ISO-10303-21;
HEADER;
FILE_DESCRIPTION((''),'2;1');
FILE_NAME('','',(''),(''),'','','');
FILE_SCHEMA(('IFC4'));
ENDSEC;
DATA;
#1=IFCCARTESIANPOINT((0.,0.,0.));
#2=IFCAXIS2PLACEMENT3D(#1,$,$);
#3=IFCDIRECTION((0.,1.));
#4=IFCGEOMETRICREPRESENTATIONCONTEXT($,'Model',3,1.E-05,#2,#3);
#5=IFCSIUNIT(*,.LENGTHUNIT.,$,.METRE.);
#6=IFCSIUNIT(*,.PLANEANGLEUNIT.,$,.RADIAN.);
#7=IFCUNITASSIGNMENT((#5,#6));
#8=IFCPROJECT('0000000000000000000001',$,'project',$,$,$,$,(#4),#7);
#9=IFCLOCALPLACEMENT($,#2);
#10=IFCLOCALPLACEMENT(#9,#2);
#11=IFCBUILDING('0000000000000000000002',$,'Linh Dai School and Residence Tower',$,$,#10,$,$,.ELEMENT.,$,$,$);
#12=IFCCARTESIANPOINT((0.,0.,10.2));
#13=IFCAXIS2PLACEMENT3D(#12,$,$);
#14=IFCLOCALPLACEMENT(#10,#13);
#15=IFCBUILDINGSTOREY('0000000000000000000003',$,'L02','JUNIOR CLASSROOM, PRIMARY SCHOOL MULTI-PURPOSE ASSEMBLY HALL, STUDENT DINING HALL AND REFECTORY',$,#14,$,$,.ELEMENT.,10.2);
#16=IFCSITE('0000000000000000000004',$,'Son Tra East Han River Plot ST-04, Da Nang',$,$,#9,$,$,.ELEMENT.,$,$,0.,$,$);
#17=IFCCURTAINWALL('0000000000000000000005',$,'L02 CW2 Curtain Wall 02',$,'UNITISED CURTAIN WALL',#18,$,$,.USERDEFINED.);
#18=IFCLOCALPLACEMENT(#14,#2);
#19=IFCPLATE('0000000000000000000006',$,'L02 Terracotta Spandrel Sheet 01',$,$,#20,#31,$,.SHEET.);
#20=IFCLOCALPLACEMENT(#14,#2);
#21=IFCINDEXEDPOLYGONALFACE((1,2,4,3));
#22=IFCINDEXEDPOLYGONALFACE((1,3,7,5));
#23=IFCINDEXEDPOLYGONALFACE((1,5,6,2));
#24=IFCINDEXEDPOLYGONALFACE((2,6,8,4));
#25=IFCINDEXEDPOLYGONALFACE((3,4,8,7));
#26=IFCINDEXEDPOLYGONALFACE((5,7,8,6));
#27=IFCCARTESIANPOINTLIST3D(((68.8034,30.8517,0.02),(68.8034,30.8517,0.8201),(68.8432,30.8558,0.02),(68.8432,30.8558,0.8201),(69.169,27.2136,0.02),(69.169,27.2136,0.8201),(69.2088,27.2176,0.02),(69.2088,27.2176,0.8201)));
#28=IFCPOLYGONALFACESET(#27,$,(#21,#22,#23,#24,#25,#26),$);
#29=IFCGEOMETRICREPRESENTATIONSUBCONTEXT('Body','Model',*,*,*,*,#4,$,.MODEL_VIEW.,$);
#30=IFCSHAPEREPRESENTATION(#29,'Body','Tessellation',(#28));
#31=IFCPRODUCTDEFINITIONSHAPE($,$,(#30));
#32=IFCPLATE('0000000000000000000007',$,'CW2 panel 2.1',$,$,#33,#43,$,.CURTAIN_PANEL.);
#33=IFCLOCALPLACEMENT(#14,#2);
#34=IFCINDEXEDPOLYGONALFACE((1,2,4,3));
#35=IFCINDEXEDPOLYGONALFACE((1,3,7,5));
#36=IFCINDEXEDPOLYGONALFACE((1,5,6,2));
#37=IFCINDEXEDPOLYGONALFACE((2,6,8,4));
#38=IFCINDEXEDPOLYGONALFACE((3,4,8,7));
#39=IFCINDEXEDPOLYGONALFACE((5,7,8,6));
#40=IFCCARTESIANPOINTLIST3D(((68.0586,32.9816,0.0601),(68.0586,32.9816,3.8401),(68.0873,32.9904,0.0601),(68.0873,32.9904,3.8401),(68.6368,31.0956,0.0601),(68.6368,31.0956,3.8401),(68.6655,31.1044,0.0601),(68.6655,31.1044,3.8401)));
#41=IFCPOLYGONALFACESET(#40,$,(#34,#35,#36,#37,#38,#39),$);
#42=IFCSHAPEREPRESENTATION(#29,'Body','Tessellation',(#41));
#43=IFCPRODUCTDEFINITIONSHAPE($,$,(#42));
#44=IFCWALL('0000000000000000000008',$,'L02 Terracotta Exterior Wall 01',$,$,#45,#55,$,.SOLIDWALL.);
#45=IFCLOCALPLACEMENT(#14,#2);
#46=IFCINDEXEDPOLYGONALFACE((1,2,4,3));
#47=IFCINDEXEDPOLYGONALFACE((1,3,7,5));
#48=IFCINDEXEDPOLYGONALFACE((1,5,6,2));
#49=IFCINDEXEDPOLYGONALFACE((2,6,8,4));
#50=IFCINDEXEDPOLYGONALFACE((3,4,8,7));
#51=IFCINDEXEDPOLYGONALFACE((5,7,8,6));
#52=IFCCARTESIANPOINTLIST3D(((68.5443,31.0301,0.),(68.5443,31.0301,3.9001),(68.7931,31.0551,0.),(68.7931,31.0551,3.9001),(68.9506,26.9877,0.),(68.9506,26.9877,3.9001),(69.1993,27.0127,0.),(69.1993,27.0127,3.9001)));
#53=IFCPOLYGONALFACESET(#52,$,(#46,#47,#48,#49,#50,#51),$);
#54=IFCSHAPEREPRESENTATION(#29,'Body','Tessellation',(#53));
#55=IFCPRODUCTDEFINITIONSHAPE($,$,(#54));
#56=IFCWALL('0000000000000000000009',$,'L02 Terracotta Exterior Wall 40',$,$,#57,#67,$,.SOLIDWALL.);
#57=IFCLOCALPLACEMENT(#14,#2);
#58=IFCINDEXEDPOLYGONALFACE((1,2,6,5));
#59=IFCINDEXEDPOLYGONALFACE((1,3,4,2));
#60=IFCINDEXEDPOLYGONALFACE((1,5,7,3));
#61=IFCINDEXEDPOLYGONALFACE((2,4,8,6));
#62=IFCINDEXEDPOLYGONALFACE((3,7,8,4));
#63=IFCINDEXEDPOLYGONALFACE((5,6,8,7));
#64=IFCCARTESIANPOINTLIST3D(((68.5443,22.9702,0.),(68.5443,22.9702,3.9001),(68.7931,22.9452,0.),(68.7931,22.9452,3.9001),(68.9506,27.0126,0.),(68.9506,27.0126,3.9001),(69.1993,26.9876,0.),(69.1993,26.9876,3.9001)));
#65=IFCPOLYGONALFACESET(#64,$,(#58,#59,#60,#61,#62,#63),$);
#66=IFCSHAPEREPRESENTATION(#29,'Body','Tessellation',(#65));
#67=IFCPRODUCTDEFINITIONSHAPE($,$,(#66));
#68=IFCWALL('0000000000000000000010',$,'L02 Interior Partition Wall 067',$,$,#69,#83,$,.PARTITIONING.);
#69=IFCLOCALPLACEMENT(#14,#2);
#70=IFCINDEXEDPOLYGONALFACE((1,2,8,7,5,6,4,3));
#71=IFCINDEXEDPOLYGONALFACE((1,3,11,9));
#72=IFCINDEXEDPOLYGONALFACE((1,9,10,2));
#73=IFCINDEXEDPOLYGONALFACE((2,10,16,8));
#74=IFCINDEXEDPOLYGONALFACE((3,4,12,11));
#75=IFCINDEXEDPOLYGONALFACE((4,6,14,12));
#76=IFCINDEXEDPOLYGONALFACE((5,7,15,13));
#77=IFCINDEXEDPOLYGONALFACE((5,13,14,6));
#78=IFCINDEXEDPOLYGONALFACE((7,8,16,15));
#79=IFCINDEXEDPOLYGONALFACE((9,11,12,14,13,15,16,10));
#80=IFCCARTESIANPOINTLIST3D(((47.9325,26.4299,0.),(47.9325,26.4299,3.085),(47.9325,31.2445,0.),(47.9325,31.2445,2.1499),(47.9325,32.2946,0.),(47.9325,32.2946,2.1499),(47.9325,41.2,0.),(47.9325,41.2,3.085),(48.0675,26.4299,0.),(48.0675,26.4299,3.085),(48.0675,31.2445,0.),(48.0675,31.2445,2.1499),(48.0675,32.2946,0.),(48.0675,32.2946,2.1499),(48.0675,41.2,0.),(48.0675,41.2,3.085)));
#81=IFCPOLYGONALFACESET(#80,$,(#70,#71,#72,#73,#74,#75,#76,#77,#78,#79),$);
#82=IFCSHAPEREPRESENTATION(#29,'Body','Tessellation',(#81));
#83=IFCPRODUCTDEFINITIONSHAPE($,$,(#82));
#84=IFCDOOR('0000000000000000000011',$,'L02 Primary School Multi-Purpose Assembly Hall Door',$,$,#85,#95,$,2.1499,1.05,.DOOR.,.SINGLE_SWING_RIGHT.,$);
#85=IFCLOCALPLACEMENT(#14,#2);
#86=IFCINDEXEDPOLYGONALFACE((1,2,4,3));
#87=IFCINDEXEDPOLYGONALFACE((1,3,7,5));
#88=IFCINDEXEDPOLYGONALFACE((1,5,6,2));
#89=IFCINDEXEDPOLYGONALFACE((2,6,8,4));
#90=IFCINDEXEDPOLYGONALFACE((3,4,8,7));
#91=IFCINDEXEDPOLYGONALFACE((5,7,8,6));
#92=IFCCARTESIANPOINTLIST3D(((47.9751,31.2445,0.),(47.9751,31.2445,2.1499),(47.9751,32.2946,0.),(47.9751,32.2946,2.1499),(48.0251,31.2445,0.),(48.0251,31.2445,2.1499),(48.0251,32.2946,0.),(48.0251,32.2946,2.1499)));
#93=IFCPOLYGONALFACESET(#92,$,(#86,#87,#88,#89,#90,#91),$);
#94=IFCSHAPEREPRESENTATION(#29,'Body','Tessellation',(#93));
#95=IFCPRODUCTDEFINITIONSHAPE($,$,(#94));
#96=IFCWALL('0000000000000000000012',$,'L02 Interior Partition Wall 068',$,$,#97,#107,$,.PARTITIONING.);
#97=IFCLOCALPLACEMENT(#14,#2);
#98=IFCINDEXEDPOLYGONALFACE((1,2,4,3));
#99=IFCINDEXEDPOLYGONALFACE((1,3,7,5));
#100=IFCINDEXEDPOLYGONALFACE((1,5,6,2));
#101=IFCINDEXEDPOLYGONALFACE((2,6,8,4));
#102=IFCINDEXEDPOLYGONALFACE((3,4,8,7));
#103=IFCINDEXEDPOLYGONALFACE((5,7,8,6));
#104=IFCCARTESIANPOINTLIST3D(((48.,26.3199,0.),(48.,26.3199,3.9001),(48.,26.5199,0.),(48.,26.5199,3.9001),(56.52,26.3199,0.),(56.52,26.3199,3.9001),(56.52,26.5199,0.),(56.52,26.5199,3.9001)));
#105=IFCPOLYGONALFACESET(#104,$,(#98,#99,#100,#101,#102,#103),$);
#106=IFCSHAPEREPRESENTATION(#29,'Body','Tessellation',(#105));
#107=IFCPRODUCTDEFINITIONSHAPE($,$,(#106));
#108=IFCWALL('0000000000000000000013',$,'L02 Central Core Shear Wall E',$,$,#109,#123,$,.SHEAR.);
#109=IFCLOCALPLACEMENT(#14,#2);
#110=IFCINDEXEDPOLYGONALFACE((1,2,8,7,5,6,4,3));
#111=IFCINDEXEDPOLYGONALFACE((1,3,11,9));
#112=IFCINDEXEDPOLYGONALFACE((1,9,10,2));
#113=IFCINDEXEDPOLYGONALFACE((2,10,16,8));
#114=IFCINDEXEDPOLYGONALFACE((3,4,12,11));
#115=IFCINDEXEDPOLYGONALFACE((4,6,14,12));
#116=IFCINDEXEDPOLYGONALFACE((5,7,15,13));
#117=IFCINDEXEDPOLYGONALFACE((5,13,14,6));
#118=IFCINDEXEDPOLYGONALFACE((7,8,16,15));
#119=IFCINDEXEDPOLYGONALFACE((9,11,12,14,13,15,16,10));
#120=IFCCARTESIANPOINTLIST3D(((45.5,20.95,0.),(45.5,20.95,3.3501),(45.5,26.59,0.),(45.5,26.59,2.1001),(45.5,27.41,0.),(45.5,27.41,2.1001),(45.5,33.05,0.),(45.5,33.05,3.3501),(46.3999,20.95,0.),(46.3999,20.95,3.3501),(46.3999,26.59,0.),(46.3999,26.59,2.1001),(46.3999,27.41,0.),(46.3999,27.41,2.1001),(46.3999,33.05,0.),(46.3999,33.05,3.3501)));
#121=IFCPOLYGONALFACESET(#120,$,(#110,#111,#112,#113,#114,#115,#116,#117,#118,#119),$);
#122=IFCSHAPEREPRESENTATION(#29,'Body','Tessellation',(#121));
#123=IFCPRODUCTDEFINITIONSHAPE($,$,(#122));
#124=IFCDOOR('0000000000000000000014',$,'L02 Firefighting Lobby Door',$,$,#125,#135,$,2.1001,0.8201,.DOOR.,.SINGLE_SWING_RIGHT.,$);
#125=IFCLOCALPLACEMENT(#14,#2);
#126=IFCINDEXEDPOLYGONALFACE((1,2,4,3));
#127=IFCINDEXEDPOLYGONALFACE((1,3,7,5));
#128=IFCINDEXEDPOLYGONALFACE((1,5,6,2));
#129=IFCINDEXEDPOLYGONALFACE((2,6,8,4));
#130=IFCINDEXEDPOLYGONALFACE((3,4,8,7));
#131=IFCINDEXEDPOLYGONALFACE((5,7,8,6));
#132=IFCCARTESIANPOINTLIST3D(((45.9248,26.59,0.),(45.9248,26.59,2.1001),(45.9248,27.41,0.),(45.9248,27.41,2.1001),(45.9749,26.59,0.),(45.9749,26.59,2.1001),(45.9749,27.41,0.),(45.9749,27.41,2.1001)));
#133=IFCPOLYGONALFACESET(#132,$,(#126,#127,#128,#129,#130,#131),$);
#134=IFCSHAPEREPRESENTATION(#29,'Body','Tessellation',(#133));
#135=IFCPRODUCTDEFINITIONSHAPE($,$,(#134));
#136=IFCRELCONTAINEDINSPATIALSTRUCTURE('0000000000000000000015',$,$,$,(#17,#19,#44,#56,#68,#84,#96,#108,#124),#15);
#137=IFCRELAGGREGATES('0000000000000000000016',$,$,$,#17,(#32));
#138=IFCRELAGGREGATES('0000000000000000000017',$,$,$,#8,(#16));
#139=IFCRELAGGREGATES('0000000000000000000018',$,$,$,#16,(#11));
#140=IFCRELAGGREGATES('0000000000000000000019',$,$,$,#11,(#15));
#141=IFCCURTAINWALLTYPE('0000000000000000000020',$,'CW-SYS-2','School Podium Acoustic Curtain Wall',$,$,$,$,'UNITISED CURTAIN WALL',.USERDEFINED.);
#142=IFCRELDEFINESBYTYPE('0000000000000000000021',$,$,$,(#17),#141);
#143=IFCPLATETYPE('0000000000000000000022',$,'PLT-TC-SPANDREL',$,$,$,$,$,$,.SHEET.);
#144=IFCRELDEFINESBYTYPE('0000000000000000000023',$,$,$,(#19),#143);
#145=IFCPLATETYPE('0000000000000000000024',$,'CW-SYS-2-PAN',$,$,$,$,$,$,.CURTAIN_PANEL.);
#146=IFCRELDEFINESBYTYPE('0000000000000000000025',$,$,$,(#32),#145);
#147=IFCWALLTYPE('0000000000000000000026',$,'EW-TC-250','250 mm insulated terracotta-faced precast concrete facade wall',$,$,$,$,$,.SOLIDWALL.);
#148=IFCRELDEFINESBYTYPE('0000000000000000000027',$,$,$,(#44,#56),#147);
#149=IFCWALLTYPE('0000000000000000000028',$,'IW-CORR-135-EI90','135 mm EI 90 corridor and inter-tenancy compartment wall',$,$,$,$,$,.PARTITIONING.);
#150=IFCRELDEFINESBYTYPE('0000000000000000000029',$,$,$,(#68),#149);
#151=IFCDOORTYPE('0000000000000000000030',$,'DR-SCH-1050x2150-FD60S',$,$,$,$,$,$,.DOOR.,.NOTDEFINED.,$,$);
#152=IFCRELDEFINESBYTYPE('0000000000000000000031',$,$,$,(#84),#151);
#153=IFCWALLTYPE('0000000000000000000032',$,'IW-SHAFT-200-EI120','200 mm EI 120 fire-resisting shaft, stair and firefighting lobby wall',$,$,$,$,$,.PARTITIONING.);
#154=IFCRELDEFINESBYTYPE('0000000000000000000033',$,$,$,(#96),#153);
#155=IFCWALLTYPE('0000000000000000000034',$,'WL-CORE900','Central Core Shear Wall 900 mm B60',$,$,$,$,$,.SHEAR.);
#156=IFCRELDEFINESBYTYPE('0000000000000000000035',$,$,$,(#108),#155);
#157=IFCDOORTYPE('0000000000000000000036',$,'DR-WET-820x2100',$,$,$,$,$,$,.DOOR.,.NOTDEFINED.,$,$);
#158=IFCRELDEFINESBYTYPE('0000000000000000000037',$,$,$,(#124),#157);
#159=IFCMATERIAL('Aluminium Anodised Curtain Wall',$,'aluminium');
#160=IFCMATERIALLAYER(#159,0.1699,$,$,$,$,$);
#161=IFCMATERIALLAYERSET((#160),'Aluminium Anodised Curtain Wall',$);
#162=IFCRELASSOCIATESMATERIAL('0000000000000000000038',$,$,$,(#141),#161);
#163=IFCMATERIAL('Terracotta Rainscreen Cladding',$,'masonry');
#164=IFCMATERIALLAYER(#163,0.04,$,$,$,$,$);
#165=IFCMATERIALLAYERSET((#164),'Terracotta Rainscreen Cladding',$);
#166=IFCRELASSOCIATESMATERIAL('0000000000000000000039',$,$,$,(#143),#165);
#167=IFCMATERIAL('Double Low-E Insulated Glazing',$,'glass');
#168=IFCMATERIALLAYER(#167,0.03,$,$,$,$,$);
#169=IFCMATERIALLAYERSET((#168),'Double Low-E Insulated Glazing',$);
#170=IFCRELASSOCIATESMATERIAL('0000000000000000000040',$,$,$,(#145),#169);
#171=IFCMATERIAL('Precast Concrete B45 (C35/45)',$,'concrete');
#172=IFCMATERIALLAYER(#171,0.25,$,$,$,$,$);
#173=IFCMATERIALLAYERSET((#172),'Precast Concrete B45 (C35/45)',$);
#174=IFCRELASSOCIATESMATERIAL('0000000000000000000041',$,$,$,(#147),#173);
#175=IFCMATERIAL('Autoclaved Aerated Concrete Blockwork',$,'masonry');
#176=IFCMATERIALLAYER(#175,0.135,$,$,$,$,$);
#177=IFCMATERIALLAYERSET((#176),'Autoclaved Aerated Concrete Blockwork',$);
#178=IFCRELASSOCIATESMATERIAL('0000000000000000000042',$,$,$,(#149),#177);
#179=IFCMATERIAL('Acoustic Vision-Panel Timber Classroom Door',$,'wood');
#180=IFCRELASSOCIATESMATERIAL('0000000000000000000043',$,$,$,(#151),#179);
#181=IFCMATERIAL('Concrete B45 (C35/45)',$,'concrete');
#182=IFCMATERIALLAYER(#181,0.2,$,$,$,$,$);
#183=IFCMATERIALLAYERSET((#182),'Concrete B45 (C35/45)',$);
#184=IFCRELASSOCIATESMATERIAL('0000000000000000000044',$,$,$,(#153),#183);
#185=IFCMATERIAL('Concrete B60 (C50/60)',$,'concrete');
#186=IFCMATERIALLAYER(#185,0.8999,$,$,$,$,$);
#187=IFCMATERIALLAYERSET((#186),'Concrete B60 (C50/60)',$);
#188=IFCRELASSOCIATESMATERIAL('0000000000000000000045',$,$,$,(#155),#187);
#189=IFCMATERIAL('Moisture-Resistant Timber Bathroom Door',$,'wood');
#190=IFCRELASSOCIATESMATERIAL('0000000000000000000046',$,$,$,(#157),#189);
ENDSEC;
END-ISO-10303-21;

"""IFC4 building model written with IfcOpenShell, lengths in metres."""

from ifc_helpers import new_model, si_unit, direction, frame, frame_2d, origin, origin_2d, place, context, subcontext, project, spatial, rectangle, extrude, source, transform, mapped, material, layer, layer_set, type_object, element, fill, aggregate, save


model = new_model("IFC4")

# Units and contexts
model_context = context("Model", 3, precision=1e-05, world=origin(), true_north=direction((0.0, 1.0)))
body_context = subcontext(model_context, "Body", "Model", "MODEL_VIEW")
ifc_project = project(units=[si_unit("LENGTHUNIT", "METRE"), si_unit("PLANEANGLEUNIT", "RADIAN")], contexts=[model_context])

# Site, building, storey
site_placement = place(None, origin())
site = spatial("IfcSite", under=ifc_project, at=site_placement, Name="Son Tra East Han River Plot ST-04, Da Nang", CompositionType="ELEMENT", RefElevation=0.0)
building_placement = place(site_placement, origin())
building = spatial("IfcBuilding", under=site, at=building_placement, Name="Linh Dai School and Residence Tower", CompositionType="ELEMENT")
storey_placement = place(building_placement, frame((0.0, 0.0, 10.2)))
storey = spatial("IfcBuildingStorey", under=building, at=storey_placement, Name="L02", Description="JUNIOR CLASSROOM, PRIMARY SCHOOL MULTI-PURPOSE ASSEMBLY HALL, STUDENT DINING HALL AND REFECTORY", CompositionType="ELEMENT", Elevation=10.2)

# Curtain wall
ifc_material_1 = material(Name="Aluminium Anodised Curtain Wall", Category="aluminium")
ifc_layer_1 = layer(ifc_material_1, 0.1699)
ifc_layer_set_1 = layer_set([ifc_layer_1], Name="Aluminium Anodised Curtain Wall")
curtain_wall_type = type_object("IfcCurtainWallType", Name="CW-SYS-2", Description="School Podium Acoustic Curtain Wall", ElementType="UNITISED CURTAIN WALL", PredefinedType="USERDEFINED", material=ifc_layer_set_1)
curtain_wall_placement = place(storey_placement, origin())
curtain_wall = element("IfcCurtainWall", 1, at=curtain_wall_placement, inside=storey, type_object=curtain_wall_type, Name="L02 CW2 Curtain Wall 02", ObjectType="UNITISED CURTAIN WALL", PredefinedType="USERDEFINED")

# Plates
ifc_material_2 = material(Name="Terracotta Rainscreen Cladding", Category="masonry")
ifc_layer_2 = layer(ifc_material_2, 0.04)
ifc_layer_set_2 = layer_set([ifc_layer_2], Name="Terracotta Rainscreen Cladding")
plate_type_1 = type_object("IfcPlateType", Name="PLT-TC-SPANDREL", PredefinedType="SHEET", material=ifc_layer_set_2)
shared_shape_1 = source(origin(), body_context, "Body", "SweptSolid", [
    extrude(rectangle(XDim=3.6565, YDim=0.04, at=origin_2d()), origin(), (0.0, 0.0, 1.0), 0.8),
])
plate_1_placement = place(storey_placement, frame((69.0061, 29.0347, 0.02), z_axis=(0.0, 0.0, 1.0), x_axis=(0.099995, -0.994988, 0.0)))
element("IfcPlate", 2, at=plate_1_placement, inside=storey, type_object=plate_type_1, Name="L02 Terracotta Spandrel Sheet 01", PredefinedType="SHEET", context=body_context, shape_type="MappedRepresentation", body=[
    mapped(shared_shape_1, transform((0.0, 0.0, 0.0), x_axis=(1.0, 0.0, 0.0), y_axis=(0.0, 1.0, 0.0), z_axis=(0.0, 0.0, 1.0), scale=1.0)),
])
ifc_material_3 = material(Name="Double Low-E Insulated Glazing", Category="glass")
ifc_layer_3 = layer(ifc_material_3, 0.03)
ifc_layer_set_3 = layer_set([ifc_layer_3], Name="Double Low-E Insulated Glazing")
plate_type_2 = type_object("IfcPlateType", Name="CW-SYS-2-PAN", PredefinedType="CURTAIN_PANEL", material=ifc_layer_set_3)
shared_shape_2 = source(origin(), body_context, "Body", "SweptSolid", [
    extrude(rectangle(XDim=1.9727, YDim=0.03, at=origin_2d()), origin(), (0.0, 0.0, 1.0), 3.78),
])
plate_2_placement = place(storey_placement, frame((68.3621, 32.043, 0.0601), z_axis=(0.0, 0.0, 1.0), x_axis=(0.293104, -0.956081, 0.0)))
plate_2 = element("IfcPlate", 3, at=plate_2_placement, type_object=plate_type_2, Name="CW2 panel 2.1", PredefinedType="CURTAIN_PANEL", context=body_context, shape_type="MappedRepresentation", body=[
    mapped(shared_shape_2, transform((0.0, 0.0, 0.0), x_axis=(1.0, 0.0, 0.0), y_axis=(0.0, 1.0, 0.0), z_axis=(0.0, 0.0, 1.0), scale=1.0)),
])
aggregate(curtain_wall, [plate_2])

# Walls
ifc_material_4 = material(Name="Precast Concrete B45 (C35/45)", Category="concrete")
ifc_layer_4 = layer(ifc_material_4, 0.25)
ifc_layer_set_4 = layer_set([ifc_layer_4], Name="Precast Concrete B45 (C35/45)")
wall_type_1 = type_object("IfcWallType", Name="EW-TC-250", Description="250 mm insulated terracotta-faced precast concrete facade wall", PredefinedType="SOLIDWALL", material=ifc_layer_set_4)
for number, where, z_axis, x_axis, name in (
    (4, (68.6687, 31.0425, 0.0), (0.0, 0.0, 1.0), (0.099992, -0.994988, 0.0), "L02 Terracotta Exterior Wall 01"),
    (5, (69.075, 27.0, 0.0), (0.0, 0.0, 1.0), (-0.099992, -0.994988, 0.0), "L02 Terracotta Exterior Wall 40"),
):
    element("IfcWall", number, at=place(storey_placement, frame(where, z_axis=z_axis, x_axis=x_axis)), inside=storey, type_object=wall_type_1, Name=name, PredefinedType="SOLIDWALL", context=body_context, shape_type="SweptSolid", body=[
        extrude(rectangle(XDim=4.0627, YDim=0.25, at=frame_2d((2.0312, 0.0))), origin(), (0.0, 0.0, 1.0), 3.9001),
    ])

# Wall, opening, door
ifc_material_5 = material(Name="Autoclaved Aerated Concrete Blockwork", Category="masonry")
ifc_layer_5 = layer(ifc_material_5, 0.135)
ifc_layer_set_5 = layer_set([ifc_layer_5], Name="Autoclaved Aerated Concrete Blockwork")
wall_type_2 = type_object("IfcWallType", Name="IW-CORR-135-EI90", Description="135 mm EI 90 corridor and inter-tenancy compartment wall", PredefinedType="PARTITIONING", material=ifc_layer_set_5)
wall_1_placement = place(storey_placement, frame((48.0, 26.4299, 0.0), z_axis=(0.0, 0.0, 1.0), x_axis=(0.0, 1.0, 0.0)))
wall_1 = element("IfcWall", 6, at=wall_1_placement, inside=storey, type_object=wall_type_2, Name="L02 Interior Partition Wall 067", PredefinedType="PARTITIONING", context=body_context, shape_type="SweptSolid", body=[
    extrude(rectangle(XDim=14.77, YDim=0.135, at=frame_2d((7.385, 0.0))), origin(), (0.0, 0.0, 1.0), 3.085),
])
opening_1_placement = place(wall_1_placement, frame((4.8147, 0.0, 0.0)))
opening_1 = element("IfcOpeningElement", 7, at=opening_1_placement, cuts=wall_1, PredefinedType="OPENING", context=body_context, shape_type="SweptSolid", body=[
    extrude(rectangle(XDim=1.05, YDim=2.1499, at=origin_2d()), frame((0.5249, 0.0776, 1.075), z_axis=(0.0, -1.0, 0.0), x_axis=(1.0, 0.0, 0.0)), (0.0, 0.0, 1.0), 0.155),
])
ifc_material_6 = material(Name="Acoustic Vision-Panel Timber Classroom Door", Category="wood")
door_type_1 = type_object("IfcDoorType", Name="DR-SCH-1050x2150-FD60S", OperationType="NOTDEFINED", PredefinedType="DOOR", material=ifc_material_6)
shared_shape_3 = source(origin(), body_context, "Body", "SweptSolid", [
    extrude(rectangle(XDim=1.05, YDim=2.1499, at=origin_2d()), frame((0.5249, 0.0249, 1.075), z_axis=(0.0, -1.0, 0.0), x_axis=(1.0, 0.0, 0.0)), (0.0, 0.0, 1.0), 0.05),
])
door_1_placement = place(opening_1_placement, origin())
door_1 = element("IfcDoor", 8, at=door_1_placement, inside=storey, type_object=door_type_1, Name="L02 Primary School Multi-Purpose Assembly Hall Door", OperationType="SINGLE_SWING_RIGHT", OverallHeight=2.1499, OverallWidth=1.05, PredefinedType="DOOR", context=body_context, shape_type="MappedRepresentation", body=[
    mapped(shared_shape_3, transform((0.0, 0.0, 0.0), x_axis=(1.0, 0.0, 0.0), y_axis=(0.0, 1.0, 0.0), z_axis=(0.0, 0.0, 1.0), scale=1.0)),
])
fill(opening_1, door_1)

# Wall
ifc_material_7 = material(Name="Concrete B45 (C35/45)", Category="concrete")
ifc_layer_6 = layer(ifc_material_7, 0.2)
ifc_layer_set_6 = layer_set([ifc_layer_6], Name="Concrete B45 (C35/45)")
wall_type_3 = type_object("IfcWallType", Name="IW-SHAFT-200-EI120", Description="200 mm EI 120 fire-resisting shaft, stair and firefighting lobby wall", PredefinedType="PARTITIONING", material=ifc_layer_set_6)
wall_2_placement = place(storey_placement, frame((48.0, 26.4199, 0.0), z_axis=(0.0, 0.0, 1.0), x_axis=(1.0, 0.0, 0.0)))
element("IfcWall", 9, at=wall_2_placement, inside=storey, type_object=wall_type_3, Name="L02 Interior Partition Wall 068", PredefinedType="PARTITIONING", context=body_context, shape_type="SweptSolid", body=[
    extrude(rectangle(XDim=8.52, YDim=0.2, at=frame_2d((4.26, 0.0))), origin(), (0.0, 0.0, 1.0), 3.9001),
])

# Wall, opening, door
ifc_material_8 = material(Name="Concrete B60 (C50/60)", Category="concrete")
ifc_layer_7 = layer(ifc_material_8, 0.8999)
ifc_layer_set_7 = layer_set([ifc_layer_7], Name="Concrete B60 (C50/60)")
wall_type_4 = type_object("IfcWallType", Name="WL-CORE900", Description="Central Core Shear Wall 900 mm B60", PredefinedType="SHEAR", material=ifc_layer_set_7)
wall_3_placement = place(storey_placement, frame((45.95, 33.05, 0.0), z_axis=(0.0, 0.0, 1.0), x_axis=(0.0, -1.0, 0.0)))
wall_3 = element("IfcWall", 10, at=wall_3_placement, inside=storey, type_object=wall_type_4, Name="L02 Central Core Shear Wall E", PredefinedType="SHEAR", context=body_context, shape_type="SweptSolid", body=[
    extrude(rectangle(XDim=12.1001, YDim=0.8999, at=frame_2d((6.05, 0.0))), origin(), (0.0, 0.0, 1.0), 3.3501),
])
opening_2_placement = place(wall_3_placement, frame((5.6399, 0.0, 0.0)))
opening_2 = element("IfcOpeningElement", 11, at=opening_2_placement, cuts=wall_3, PredefinedType="OPENING", context=body_context, shape_type="SweptSolid", body=[
    extrude(rectangle(XDim=0.8201, YDim=2.1001, at=origin_2d()), frame((0.4102, 0.46, 1.05), z_axis=(0.0, -1.0, 0.0), x_axis=(1.0, 0.0, 0.0)), (0.0, 0.0, 1.0), 0.9199),
])
ifc_material_9 = material(Name="Moisture-Resistant Timber Bathroom Door", Category="wood")
door_type_2 = type_object("IfcDoorType", Name="DR-WET-820x2100", OperationType="NOTDEFINED", PredefinedType="DOOR", material=ifc_material_9)
shared_shape_4 = source(origin(), body_context, "Body", "SweptSolid", [
    extrude(rectangle(XDim=0.8201, YDim=2.1001, at=origin_2d()), frame((0.4102, 0.0249, 1.05), z_axis=(0.0, -1.0, 0.0), x_axis=(1.0, 0.0, 0.0)), (0.0, 0.0, 1.0), 0.05),
])
door_2_placement = place(opening_2_placement, origin())
door_2 = element("IfcDoor", 12, at=door_2_placement, inside=storey, type_object=door_type_2, Name="L02 Firefighting Lobby Door", OperationType="SINGLE_SWING_RIGHT", OverallHeight=2.1001, OverallWidth=0.8201, PredefinedType="DOOR", context=body_context, shape_type="MappedRepresentation", body=[
    mapped(shared_shape_4, transform((0.0, 0.0, 0.0), x_axis=(1.0, 0.0, 0.0), y_axis=(0.0, 1.0, 0.0), z_axis=(0.0, 0.0, 1.0), scale=1.0)),
])
fill(opening_2, door_2)

save(model, "model.ifc")
